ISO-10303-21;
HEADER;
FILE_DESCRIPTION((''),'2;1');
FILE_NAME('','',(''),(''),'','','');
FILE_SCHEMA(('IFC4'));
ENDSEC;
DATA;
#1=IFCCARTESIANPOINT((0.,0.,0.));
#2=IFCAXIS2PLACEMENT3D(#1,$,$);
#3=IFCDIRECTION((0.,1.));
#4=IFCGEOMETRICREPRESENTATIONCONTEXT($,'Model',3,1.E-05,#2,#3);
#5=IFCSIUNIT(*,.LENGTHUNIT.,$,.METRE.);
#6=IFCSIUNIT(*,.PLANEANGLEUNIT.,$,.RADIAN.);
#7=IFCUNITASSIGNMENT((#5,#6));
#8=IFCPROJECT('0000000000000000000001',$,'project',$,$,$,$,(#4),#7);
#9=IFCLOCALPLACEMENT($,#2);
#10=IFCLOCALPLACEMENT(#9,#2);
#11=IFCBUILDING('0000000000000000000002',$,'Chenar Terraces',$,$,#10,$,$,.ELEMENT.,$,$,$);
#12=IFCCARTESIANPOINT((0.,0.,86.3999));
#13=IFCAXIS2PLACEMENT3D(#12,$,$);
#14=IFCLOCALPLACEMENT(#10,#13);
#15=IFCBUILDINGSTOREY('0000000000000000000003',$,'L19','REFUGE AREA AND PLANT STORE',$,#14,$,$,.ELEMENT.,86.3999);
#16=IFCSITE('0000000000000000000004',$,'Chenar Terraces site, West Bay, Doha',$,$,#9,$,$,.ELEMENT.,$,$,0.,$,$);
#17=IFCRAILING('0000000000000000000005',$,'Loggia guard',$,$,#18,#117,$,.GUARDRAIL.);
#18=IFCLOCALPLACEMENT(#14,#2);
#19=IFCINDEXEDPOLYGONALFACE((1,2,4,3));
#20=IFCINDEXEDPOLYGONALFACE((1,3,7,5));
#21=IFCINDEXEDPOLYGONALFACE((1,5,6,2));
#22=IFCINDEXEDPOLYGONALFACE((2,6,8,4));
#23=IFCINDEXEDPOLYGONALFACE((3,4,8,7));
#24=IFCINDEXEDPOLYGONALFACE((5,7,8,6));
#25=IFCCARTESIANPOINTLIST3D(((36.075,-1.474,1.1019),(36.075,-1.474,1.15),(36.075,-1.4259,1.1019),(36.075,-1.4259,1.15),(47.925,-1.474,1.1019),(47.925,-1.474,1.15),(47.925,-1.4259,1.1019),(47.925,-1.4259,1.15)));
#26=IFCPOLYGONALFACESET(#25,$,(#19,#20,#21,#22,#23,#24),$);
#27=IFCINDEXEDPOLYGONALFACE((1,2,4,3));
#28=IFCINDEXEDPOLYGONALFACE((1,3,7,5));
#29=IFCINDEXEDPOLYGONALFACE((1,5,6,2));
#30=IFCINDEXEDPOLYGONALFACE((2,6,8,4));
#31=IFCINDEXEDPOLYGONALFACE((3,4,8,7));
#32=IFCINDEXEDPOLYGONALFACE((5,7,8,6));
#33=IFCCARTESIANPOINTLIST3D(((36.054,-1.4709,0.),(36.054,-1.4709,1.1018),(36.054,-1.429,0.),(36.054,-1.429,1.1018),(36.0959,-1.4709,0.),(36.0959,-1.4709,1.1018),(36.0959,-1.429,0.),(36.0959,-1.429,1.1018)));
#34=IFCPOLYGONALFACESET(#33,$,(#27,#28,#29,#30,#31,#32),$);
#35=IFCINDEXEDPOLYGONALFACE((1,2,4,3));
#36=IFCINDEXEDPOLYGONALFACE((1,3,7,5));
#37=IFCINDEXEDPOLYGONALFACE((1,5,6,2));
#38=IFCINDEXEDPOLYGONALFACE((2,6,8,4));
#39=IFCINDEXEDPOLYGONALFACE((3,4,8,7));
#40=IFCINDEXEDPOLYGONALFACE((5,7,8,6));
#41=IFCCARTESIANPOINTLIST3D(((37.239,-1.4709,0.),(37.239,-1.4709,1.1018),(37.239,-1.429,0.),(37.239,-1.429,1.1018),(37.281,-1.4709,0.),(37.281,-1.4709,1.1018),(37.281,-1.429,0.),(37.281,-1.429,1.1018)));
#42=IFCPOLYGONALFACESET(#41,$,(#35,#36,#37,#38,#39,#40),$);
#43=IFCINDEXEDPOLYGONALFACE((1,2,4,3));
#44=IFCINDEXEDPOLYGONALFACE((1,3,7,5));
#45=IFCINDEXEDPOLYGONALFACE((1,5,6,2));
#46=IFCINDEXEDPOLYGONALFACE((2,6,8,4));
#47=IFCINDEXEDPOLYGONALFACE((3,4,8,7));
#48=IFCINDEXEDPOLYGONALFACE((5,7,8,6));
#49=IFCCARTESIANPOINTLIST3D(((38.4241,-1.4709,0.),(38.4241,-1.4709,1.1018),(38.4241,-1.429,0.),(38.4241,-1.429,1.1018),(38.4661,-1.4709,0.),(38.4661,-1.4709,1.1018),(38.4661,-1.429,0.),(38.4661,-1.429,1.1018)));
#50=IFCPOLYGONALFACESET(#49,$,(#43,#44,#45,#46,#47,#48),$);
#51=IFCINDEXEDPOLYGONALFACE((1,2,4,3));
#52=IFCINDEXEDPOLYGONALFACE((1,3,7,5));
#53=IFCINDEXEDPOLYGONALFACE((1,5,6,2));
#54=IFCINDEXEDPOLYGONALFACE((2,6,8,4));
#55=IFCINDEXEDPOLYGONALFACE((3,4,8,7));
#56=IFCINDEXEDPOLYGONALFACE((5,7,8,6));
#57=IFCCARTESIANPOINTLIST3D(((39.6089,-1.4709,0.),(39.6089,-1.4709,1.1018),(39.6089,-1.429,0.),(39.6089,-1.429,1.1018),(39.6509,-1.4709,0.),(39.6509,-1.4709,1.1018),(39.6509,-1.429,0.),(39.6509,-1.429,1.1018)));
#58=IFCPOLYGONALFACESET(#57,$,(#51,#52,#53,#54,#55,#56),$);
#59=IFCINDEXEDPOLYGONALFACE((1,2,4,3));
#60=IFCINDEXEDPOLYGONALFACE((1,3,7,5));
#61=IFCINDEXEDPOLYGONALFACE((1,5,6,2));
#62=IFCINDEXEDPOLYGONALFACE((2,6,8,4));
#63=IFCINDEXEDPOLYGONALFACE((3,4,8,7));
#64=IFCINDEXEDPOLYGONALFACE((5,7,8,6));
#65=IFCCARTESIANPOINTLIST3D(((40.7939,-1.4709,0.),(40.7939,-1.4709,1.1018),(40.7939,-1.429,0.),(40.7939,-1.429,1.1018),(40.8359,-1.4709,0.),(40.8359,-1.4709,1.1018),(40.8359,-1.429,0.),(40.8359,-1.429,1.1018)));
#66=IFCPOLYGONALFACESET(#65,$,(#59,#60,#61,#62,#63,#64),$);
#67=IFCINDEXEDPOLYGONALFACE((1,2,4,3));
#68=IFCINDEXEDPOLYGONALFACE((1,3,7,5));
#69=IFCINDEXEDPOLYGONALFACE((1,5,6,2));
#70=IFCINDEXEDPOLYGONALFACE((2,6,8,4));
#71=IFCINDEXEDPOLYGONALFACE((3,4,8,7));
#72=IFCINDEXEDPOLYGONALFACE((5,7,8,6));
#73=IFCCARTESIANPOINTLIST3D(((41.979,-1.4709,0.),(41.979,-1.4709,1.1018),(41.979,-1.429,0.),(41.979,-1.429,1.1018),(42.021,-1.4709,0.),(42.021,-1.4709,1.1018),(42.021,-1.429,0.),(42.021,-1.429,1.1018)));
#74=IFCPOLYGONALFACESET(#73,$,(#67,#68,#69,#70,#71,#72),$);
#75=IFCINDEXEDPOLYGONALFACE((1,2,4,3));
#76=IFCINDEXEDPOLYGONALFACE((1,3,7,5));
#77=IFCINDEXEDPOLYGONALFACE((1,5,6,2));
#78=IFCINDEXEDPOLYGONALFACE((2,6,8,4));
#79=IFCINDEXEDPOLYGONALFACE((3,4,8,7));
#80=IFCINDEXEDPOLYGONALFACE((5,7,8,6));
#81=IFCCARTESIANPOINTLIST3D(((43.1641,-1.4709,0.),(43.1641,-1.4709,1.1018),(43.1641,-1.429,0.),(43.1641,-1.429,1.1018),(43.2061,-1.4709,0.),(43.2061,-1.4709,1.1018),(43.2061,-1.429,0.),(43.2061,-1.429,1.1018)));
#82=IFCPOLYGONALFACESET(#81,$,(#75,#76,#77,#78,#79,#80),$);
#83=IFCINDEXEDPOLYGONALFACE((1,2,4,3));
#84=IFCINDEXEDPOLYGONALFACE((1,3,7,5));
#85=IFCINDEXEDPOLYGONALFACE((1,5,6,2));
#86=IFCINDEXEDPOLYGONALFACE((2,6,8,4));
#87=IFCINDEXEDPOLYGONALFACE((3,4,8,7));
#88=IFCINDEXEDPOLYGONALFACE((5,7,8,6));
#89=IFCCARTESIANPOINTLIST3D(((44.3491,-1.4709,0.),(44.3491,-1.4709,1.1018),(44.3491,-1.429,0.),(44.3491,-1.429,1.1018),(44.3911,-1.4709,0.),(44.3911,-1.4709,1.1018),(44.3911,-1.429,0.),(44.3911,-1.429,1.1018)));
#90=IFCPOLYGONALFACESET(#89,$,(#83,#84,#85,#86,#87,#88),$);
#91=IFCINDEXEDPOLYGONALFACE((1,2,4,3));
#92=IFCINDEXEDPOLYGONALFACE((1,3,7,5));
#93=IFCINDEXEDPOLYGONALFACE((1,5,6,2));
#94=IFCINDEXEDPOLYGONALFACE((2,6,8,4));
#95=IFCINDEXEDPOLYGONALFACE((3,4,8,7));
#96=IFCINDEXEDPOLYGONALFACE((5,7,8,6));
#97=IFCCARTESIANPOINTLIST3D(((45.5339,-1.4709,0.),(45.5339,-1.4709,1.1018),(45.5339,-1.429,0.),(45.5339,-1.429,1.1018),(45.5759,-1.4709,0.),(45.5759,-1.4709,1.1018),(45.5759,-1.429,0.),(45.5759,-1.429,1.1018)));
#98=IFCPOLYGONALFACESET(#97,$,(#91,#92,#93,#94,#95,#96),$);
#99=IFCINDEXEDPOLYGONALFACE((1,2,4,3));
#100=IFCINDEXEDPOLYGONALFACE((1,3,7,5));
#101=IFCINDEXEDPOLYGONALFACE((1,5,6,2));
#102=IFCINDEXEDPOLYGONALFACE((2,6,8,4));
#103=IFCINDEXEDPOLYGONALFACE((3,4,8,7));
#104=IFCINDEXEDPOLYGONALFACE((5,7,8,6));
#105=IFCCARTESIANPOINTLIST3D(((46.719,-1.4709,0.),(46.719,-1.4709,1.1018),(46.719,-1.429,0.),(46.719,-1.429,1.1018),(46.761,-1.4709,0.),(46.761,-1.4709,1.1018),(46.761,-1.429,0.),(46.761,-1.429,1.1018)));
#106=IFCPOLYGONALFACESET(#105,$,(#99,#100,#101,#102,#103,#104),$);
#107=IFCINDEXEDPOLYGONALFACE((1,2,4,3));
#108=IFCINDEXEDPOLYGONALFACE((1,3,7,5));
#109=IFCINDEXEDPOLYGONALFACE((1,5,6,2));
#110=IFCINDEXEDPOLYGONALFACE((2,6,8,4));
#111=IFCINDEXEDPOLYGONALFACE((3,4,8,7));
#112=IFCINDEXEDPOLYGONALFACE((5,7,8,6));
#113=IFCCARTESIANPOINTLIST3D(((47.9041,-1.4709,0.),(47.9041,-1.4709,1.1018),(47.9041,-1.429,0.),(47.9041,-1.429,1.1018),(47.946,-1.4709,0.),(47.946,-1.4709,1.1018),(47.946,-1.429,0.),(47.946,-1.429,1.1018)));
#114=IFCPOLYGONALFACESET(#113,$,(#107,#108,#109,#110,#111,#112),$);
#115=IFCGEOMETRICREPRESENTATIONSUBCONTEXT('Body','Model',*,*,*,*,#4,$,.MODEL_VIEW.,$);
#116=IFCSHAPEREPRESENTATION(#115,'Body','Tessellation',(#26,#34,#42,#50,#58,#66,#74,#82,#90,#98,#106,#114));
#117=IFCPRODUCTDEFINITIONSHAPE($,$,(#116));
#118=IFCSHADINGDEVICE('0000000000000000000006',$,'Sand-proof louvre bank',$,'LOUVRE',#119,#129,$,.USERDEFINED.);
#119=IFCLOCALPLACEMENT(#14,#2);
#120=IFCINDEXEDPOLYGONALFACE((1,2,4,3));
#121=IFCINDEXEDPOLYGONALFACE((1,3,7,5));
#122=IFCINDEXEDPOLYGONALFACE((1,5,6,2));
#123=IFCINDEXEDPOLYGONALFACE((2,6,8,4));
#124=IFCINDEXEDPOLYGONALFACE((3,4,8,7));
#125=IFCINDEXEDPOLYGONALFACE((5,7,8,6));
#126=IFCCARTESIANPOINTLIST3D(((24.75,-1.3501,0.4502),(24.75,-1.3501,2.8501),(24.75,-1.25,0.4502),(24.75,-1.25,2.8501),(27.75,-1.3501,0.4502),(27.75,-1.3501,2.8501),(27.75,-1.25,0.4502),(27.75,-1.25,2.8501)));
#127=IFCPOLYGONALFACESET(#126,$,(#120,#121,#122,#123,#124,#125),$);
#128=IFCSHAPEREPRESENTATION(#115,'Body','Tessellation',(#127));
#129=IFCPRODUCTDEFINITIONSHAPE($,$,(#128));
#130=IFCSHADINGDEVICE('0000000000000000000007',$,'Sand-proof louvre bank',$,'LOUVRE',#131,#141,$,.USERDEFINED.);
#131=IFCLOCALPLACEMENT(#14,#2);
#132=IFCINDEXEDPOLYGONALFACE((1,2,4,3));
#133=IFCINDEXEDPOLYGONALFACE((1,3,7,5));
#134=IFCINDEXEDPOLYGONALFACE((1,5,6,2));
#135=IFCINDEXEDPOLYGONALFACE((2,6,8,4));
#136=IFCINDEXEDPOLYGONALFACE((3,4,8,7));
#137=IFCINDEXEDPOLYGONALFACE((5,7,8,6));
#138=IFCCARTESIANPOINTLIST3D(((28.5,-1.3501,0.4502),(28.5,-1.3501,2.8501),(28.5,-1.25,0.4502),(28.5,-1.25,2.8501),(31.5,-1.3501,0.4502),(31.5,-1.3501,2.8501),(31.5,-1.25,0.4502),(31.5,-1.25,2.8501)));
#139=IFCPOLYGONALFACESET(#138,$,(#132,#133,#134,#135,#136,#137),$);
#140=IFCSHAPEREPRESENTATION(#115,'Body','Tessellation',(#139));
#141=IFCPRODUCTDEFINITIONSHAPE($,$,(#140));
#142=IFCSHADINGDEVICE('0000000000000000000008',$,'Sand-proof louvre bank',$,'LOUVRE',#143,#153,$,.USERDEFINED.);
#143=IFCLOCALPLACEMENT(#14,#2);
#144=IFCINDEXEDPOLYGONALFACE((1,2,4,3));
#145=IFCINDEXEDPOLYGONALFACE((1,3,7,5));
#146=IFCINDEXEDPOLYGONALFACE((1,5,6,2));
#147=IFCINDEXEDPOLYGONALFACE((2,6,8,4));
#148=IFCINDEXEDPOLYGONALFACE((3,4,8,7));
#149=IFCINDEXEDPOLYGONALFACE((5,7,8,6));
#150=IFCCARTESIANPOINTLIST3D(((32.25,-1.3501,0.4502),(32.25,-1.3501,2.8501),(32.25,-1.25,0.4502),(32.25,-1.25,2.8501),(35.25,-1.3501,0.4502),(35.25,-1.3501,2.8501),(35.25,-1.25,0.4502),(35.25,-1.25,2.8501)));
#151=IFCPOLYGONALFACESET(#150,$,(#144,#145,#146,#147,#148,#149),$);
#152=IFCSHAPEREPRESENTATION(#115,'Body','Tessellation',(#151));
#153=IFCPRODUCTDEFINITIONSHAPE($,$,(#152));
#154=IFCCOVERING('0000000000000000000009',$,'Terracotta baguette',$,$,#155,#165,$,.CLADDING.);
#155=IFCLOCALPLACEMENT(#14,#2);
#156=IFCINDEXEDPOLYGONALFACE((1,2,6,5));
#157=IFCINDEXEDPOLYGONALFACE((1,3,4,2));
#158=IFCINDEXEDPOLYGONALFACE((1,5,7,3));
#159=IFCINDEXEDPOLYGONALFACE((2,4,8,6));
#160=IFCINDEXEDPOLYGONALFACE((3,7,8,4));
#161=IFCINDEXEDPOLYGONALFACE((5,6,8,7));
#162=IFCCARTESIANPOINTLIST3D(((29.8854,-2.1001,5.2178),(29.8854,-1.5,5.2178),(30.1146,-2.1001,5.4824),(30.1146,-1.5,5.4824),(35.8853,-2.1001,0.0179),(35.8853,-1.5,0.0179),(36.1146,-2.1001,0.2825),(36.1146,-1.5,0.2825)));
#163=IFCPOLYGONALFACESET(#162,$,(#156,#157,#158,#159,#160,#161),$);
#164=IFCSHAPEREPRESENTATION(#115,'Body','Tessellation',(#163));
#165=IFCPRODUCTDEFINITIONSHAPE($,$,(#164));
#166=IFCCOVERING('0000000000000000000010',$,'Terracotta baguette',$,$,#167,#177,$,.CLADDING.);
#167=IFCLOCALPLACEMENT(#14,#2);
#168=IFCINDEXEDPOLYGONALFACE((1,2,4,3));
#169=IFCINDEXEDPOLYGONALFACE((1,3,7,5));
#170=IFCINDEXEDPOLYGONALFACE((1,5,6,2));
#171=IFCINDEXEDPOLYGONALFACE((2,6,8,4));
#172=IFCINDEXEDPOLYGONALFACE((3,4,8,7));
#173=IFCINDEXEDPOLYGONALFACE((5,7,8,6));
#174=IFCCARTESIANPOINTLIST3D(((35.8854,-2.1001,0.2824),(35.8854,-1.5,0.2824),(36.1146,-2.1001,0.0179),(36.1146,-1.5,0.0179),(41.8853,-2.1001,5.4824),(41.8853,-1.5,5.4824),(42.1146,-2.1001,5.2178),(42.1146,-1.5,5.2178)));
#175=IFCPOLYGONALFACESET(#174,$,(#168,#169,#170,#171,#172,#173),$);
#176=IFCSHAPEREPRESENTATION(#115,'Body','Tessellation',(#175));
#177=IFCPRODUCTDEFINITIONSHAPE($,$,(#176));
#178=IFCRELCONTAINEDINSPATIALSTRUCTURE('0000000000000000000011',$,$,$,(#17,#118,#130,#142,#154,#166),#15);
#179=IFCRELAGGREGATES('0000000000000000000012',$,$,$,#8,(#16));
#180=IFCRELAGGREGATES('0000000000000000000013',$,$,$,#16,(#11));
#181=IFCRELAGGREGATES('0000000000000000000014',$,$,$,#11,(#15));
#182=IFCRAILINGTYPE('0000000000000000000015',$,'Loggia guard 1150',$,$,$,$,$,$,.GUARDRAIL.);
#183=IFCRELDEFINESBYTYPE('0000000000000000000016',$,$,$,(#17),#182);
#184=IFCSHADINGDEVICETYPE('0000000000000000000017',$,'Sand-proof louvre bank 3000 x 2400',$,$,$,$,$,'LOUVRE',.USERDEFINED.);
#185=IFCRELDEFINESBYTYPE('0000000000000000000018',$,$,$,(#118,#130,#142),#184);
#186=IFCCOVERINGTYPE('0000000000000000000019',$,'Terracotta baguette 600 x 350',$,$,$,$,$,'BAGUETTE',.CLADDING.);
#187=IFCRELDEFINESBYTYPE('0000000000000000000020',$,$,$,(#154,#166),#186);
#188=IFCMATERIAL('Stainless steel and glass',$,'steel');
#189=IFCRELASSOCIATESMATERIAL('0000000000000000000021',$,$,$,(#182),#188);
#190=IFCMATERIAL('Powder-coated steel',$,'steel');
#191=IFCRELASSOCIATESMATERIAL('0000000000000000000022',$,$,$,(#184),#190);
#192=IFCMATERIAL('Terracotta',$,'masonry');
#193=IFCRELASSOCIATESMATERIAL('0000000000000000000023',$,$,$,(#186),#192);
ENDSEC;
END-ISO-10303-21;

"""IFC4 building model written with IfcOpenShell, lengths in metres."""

from ifc_helpers import new_model, si_unit, direction, frame, origin, origin_2d, place, context, subcontext, project, spatial, rectangle, extrude, material, material_profile, profile_set, type_object, element, save


model = new_model("IFC4")

# Units and contexts
model_context = context("Model", 3, precision=1e-05, world=origin(), true_north=direction((0.0, 1.0)))
body_context = subcontext(model_context, "Body", "Model", "MODEL_VIEW")
ifc_project = project(units=[si_unit("LENGTHUNIT", "METRE"), si_unit("PLANEANGLEUNIT", "RADIAN")], contexts=[model_context])

# Site, building, storey
site_placement = place(None, origin())
site = spatial("IfcSite", under=ifc_project, at=site_placement, Name="Chenar Terraces site, West Bay, Doha", CompositionType="ELEMENT", RefElevation=0.0)
building_placement = place(site_placement, origin())
building = spatial("IfcBuilding", under=site, at=building_placement, Name="Chenar Terraces", CompositionType="ELEMENT")
storey_placement = place(building_placement, frame((0.0, 0.0, 86.3999)))
storey = spatial("IfcBuildingStorey", under=building, at=storey_placement, Name="L19", Description="REFUGE AREA AND PLANT STORE", CompositionType="ELEMENT", Elevation=86.3999)

# Railing
ifc_material_1 = material(Name="Stainless steel and glass", Category="steel")
railing_type = type_object("IfcRailingType", Name="Loggia guard 1150", PredefinedType="GUARDRAIL", material=ifc_material_1)
railing_placement = place(storey_placement, frame((36.075, -1.45, 0.0)))
element("IfcRailing", 1, at=railing_placement, inside=storey, type_object=railing_type, Name="Loggia guard", PredefinedType="GUARDRAIL", context=body_context, shape_type="SweptSolid", body=[
    extrude(rectangle(XDim=0.0481, YDim=0.0481, at=origin_2d()), frame((0.0, 0.0, 1.126), z_axis=(1.0, 0.0, 0.0), x_axis=(0.0, 1.0, 0.0)), (0.0, 0.0, 1.0), 11.8501),
    extrude(rectangle(XDim=0.042, YDim=0.042, at=origin_2d()), origin(), (0.0, 0.0, 1.0), 1.1018),
    extrude(rectangle(XDim=0.042, YDim=0.042, at=origin_2d()), frame((1.1851, 0.0, 0.0)), (0.0, 0.0, 1.0), 1.1018),
    extrude(rectangle(XDim=0.042, YDim=0.042, at=origin_2d()), frame((2.3701, 0.0, 0.0)), (0.0, 0.0, 1.0), 1.1018),
    extrude(rectangle(XDim=0.042, YDim=0.042, at=origin_2d()), frame((3.5549, 0.0, 0.0)), (0.0, 0.0, 1.0), 1.1018),
    extrude(rectangle(XDim=0.042, YDim=0.042, at=origin_2d()), frame((4.74, 0.0, 0.0)), (0.0, 0.0, 1.0), 1.1018),
    extrude(rectangle(XDim=0.042, YDim=0.042, at=origin_2d()), frame((5.925, 0.0, 0.0)), (0.0, 0.0, 1.0), 1.1018),
    extrude(rectangle(XDim=0.042, YDim=0.042, at=origin_2d()), frame((7.1101, 0.0, 0.0)), (0.0, 0.0, 1.0), 1.1018),
    extrude(rectangle(XDim=0.042, YDim=0.042, at=origin_2d()), frame((8.2952, 0.0, 0.0)), (0.0, 0.0, 1.0), 1.1018),
    extrude(rectangle(XDim=0.042, YDim=0.042, at=origin_2d()), frame((9.48, 0.0, 0.0)), (0.0, 0.0, 1.0), 1.1018),
    extrude(rectangle(XDim=0.042, YDim=0.042, at=origin_2d()), frame((10.665, 0.0, 0.0)), (0.0, 0.0, 1.0), 1.1018),
    extrude(rectangle(XDim=0.042, YDim=0.042, at=origin_2d()), frame((11.8501, 0.0, 0.0)), (0.0, 0.0, 1.0), 1.1018),
])

# Shading devices
ifc_material_2 = material(Name="Powder-coated steel", Category="steel")
shading_device_type = type_object("IfcShadingDeviceType", Name="Sand-proof louvre bank 3000 x 2400", ElementType="LOUVRE", PredefinedType="USERDEFINED", material=ifc_material_2)
for number, where, z_axis, x_axis, name in (
    (2, (26.25, -1.3, 0.4502), (0.0, 0.0, 1.0), (1.0, 0.0, 0.0), "Sand-proof louvre bank"),
    (3, (30.0, -1.3, 0.4502), (0.0, 0.0, 1.0), (1.0, 0.0, 0.0), "Sand-proof louvre bank"),
    (4, (33.75, -1.3, 0.4502), (0.0, 0.0, 1.0), (1.0, 0.0, 0.0), "Sand-proof louvre bank"),
):
    element("IfcShadingDevice", number, at=place(storey_placement, frame(where, z_axis=z_axis, x_axis=x_axis)), inside=storey, type_object=shading_device_type, Name=name, ObjectType="LOUVRE", PredefinedType="USERDEFINED", context=body_context, shape_type="SweptSolid", body=[
        extrude(rectangle(XDim=3.0, YDim=0.1001, at=origin_2d()), origin(), (0.0, 0.0, 1.0), 2.3999),
    ])

# Coverings
ifc_material_3 = material(Name="Terracotta", Category="masonry")
ifc_material_profile_1 = material_profile(ifc_material_3, rectangle(XDim=0.6001, YDim=0.3501, at=origin_2d()), Name="Terracotta baguette 600 x 350")
ifc_profile_set_1 = profile_set([ifc_material_profile_1], Name="Terracotta")
covering_type = type_object("IfcCoveringType", Name="Terracotta baguette 600 x 350", ElementType="BAGUETTE", PredefinedType="CLADDING", material=ifc_profile_set_1)
for number, where, z_axis, x_axis, name in (
    (5, (30.0, -1.8, 5.3501), (0.755692, 0.0, -0.654927), (0.0, 1.0, 0.0), "Terracotta baguette"),
    (6, (36.0, -1.8, 0.1501), (0.755692, 0.0, 0.654927), (0.0, 1.0, 0.0), "Terracotta baguette"),
):
    element("IfcCovering", number, at=place(storey_placement, frame(where, z_axis=z_axis, x_axis=x_axis)), inside=storey, type_object=covering_type, Name=name, PredefinedType="CLADDING", context=body_context, shape_type="SweptSolid", body=[
        extrude(rectangle(XDim=0.6001, YDim=0.3501, at=origin_2d()), origin(), (0.0, 0.0, 1.0), 7.9397),
    ])

save(model, "model.ifc")
